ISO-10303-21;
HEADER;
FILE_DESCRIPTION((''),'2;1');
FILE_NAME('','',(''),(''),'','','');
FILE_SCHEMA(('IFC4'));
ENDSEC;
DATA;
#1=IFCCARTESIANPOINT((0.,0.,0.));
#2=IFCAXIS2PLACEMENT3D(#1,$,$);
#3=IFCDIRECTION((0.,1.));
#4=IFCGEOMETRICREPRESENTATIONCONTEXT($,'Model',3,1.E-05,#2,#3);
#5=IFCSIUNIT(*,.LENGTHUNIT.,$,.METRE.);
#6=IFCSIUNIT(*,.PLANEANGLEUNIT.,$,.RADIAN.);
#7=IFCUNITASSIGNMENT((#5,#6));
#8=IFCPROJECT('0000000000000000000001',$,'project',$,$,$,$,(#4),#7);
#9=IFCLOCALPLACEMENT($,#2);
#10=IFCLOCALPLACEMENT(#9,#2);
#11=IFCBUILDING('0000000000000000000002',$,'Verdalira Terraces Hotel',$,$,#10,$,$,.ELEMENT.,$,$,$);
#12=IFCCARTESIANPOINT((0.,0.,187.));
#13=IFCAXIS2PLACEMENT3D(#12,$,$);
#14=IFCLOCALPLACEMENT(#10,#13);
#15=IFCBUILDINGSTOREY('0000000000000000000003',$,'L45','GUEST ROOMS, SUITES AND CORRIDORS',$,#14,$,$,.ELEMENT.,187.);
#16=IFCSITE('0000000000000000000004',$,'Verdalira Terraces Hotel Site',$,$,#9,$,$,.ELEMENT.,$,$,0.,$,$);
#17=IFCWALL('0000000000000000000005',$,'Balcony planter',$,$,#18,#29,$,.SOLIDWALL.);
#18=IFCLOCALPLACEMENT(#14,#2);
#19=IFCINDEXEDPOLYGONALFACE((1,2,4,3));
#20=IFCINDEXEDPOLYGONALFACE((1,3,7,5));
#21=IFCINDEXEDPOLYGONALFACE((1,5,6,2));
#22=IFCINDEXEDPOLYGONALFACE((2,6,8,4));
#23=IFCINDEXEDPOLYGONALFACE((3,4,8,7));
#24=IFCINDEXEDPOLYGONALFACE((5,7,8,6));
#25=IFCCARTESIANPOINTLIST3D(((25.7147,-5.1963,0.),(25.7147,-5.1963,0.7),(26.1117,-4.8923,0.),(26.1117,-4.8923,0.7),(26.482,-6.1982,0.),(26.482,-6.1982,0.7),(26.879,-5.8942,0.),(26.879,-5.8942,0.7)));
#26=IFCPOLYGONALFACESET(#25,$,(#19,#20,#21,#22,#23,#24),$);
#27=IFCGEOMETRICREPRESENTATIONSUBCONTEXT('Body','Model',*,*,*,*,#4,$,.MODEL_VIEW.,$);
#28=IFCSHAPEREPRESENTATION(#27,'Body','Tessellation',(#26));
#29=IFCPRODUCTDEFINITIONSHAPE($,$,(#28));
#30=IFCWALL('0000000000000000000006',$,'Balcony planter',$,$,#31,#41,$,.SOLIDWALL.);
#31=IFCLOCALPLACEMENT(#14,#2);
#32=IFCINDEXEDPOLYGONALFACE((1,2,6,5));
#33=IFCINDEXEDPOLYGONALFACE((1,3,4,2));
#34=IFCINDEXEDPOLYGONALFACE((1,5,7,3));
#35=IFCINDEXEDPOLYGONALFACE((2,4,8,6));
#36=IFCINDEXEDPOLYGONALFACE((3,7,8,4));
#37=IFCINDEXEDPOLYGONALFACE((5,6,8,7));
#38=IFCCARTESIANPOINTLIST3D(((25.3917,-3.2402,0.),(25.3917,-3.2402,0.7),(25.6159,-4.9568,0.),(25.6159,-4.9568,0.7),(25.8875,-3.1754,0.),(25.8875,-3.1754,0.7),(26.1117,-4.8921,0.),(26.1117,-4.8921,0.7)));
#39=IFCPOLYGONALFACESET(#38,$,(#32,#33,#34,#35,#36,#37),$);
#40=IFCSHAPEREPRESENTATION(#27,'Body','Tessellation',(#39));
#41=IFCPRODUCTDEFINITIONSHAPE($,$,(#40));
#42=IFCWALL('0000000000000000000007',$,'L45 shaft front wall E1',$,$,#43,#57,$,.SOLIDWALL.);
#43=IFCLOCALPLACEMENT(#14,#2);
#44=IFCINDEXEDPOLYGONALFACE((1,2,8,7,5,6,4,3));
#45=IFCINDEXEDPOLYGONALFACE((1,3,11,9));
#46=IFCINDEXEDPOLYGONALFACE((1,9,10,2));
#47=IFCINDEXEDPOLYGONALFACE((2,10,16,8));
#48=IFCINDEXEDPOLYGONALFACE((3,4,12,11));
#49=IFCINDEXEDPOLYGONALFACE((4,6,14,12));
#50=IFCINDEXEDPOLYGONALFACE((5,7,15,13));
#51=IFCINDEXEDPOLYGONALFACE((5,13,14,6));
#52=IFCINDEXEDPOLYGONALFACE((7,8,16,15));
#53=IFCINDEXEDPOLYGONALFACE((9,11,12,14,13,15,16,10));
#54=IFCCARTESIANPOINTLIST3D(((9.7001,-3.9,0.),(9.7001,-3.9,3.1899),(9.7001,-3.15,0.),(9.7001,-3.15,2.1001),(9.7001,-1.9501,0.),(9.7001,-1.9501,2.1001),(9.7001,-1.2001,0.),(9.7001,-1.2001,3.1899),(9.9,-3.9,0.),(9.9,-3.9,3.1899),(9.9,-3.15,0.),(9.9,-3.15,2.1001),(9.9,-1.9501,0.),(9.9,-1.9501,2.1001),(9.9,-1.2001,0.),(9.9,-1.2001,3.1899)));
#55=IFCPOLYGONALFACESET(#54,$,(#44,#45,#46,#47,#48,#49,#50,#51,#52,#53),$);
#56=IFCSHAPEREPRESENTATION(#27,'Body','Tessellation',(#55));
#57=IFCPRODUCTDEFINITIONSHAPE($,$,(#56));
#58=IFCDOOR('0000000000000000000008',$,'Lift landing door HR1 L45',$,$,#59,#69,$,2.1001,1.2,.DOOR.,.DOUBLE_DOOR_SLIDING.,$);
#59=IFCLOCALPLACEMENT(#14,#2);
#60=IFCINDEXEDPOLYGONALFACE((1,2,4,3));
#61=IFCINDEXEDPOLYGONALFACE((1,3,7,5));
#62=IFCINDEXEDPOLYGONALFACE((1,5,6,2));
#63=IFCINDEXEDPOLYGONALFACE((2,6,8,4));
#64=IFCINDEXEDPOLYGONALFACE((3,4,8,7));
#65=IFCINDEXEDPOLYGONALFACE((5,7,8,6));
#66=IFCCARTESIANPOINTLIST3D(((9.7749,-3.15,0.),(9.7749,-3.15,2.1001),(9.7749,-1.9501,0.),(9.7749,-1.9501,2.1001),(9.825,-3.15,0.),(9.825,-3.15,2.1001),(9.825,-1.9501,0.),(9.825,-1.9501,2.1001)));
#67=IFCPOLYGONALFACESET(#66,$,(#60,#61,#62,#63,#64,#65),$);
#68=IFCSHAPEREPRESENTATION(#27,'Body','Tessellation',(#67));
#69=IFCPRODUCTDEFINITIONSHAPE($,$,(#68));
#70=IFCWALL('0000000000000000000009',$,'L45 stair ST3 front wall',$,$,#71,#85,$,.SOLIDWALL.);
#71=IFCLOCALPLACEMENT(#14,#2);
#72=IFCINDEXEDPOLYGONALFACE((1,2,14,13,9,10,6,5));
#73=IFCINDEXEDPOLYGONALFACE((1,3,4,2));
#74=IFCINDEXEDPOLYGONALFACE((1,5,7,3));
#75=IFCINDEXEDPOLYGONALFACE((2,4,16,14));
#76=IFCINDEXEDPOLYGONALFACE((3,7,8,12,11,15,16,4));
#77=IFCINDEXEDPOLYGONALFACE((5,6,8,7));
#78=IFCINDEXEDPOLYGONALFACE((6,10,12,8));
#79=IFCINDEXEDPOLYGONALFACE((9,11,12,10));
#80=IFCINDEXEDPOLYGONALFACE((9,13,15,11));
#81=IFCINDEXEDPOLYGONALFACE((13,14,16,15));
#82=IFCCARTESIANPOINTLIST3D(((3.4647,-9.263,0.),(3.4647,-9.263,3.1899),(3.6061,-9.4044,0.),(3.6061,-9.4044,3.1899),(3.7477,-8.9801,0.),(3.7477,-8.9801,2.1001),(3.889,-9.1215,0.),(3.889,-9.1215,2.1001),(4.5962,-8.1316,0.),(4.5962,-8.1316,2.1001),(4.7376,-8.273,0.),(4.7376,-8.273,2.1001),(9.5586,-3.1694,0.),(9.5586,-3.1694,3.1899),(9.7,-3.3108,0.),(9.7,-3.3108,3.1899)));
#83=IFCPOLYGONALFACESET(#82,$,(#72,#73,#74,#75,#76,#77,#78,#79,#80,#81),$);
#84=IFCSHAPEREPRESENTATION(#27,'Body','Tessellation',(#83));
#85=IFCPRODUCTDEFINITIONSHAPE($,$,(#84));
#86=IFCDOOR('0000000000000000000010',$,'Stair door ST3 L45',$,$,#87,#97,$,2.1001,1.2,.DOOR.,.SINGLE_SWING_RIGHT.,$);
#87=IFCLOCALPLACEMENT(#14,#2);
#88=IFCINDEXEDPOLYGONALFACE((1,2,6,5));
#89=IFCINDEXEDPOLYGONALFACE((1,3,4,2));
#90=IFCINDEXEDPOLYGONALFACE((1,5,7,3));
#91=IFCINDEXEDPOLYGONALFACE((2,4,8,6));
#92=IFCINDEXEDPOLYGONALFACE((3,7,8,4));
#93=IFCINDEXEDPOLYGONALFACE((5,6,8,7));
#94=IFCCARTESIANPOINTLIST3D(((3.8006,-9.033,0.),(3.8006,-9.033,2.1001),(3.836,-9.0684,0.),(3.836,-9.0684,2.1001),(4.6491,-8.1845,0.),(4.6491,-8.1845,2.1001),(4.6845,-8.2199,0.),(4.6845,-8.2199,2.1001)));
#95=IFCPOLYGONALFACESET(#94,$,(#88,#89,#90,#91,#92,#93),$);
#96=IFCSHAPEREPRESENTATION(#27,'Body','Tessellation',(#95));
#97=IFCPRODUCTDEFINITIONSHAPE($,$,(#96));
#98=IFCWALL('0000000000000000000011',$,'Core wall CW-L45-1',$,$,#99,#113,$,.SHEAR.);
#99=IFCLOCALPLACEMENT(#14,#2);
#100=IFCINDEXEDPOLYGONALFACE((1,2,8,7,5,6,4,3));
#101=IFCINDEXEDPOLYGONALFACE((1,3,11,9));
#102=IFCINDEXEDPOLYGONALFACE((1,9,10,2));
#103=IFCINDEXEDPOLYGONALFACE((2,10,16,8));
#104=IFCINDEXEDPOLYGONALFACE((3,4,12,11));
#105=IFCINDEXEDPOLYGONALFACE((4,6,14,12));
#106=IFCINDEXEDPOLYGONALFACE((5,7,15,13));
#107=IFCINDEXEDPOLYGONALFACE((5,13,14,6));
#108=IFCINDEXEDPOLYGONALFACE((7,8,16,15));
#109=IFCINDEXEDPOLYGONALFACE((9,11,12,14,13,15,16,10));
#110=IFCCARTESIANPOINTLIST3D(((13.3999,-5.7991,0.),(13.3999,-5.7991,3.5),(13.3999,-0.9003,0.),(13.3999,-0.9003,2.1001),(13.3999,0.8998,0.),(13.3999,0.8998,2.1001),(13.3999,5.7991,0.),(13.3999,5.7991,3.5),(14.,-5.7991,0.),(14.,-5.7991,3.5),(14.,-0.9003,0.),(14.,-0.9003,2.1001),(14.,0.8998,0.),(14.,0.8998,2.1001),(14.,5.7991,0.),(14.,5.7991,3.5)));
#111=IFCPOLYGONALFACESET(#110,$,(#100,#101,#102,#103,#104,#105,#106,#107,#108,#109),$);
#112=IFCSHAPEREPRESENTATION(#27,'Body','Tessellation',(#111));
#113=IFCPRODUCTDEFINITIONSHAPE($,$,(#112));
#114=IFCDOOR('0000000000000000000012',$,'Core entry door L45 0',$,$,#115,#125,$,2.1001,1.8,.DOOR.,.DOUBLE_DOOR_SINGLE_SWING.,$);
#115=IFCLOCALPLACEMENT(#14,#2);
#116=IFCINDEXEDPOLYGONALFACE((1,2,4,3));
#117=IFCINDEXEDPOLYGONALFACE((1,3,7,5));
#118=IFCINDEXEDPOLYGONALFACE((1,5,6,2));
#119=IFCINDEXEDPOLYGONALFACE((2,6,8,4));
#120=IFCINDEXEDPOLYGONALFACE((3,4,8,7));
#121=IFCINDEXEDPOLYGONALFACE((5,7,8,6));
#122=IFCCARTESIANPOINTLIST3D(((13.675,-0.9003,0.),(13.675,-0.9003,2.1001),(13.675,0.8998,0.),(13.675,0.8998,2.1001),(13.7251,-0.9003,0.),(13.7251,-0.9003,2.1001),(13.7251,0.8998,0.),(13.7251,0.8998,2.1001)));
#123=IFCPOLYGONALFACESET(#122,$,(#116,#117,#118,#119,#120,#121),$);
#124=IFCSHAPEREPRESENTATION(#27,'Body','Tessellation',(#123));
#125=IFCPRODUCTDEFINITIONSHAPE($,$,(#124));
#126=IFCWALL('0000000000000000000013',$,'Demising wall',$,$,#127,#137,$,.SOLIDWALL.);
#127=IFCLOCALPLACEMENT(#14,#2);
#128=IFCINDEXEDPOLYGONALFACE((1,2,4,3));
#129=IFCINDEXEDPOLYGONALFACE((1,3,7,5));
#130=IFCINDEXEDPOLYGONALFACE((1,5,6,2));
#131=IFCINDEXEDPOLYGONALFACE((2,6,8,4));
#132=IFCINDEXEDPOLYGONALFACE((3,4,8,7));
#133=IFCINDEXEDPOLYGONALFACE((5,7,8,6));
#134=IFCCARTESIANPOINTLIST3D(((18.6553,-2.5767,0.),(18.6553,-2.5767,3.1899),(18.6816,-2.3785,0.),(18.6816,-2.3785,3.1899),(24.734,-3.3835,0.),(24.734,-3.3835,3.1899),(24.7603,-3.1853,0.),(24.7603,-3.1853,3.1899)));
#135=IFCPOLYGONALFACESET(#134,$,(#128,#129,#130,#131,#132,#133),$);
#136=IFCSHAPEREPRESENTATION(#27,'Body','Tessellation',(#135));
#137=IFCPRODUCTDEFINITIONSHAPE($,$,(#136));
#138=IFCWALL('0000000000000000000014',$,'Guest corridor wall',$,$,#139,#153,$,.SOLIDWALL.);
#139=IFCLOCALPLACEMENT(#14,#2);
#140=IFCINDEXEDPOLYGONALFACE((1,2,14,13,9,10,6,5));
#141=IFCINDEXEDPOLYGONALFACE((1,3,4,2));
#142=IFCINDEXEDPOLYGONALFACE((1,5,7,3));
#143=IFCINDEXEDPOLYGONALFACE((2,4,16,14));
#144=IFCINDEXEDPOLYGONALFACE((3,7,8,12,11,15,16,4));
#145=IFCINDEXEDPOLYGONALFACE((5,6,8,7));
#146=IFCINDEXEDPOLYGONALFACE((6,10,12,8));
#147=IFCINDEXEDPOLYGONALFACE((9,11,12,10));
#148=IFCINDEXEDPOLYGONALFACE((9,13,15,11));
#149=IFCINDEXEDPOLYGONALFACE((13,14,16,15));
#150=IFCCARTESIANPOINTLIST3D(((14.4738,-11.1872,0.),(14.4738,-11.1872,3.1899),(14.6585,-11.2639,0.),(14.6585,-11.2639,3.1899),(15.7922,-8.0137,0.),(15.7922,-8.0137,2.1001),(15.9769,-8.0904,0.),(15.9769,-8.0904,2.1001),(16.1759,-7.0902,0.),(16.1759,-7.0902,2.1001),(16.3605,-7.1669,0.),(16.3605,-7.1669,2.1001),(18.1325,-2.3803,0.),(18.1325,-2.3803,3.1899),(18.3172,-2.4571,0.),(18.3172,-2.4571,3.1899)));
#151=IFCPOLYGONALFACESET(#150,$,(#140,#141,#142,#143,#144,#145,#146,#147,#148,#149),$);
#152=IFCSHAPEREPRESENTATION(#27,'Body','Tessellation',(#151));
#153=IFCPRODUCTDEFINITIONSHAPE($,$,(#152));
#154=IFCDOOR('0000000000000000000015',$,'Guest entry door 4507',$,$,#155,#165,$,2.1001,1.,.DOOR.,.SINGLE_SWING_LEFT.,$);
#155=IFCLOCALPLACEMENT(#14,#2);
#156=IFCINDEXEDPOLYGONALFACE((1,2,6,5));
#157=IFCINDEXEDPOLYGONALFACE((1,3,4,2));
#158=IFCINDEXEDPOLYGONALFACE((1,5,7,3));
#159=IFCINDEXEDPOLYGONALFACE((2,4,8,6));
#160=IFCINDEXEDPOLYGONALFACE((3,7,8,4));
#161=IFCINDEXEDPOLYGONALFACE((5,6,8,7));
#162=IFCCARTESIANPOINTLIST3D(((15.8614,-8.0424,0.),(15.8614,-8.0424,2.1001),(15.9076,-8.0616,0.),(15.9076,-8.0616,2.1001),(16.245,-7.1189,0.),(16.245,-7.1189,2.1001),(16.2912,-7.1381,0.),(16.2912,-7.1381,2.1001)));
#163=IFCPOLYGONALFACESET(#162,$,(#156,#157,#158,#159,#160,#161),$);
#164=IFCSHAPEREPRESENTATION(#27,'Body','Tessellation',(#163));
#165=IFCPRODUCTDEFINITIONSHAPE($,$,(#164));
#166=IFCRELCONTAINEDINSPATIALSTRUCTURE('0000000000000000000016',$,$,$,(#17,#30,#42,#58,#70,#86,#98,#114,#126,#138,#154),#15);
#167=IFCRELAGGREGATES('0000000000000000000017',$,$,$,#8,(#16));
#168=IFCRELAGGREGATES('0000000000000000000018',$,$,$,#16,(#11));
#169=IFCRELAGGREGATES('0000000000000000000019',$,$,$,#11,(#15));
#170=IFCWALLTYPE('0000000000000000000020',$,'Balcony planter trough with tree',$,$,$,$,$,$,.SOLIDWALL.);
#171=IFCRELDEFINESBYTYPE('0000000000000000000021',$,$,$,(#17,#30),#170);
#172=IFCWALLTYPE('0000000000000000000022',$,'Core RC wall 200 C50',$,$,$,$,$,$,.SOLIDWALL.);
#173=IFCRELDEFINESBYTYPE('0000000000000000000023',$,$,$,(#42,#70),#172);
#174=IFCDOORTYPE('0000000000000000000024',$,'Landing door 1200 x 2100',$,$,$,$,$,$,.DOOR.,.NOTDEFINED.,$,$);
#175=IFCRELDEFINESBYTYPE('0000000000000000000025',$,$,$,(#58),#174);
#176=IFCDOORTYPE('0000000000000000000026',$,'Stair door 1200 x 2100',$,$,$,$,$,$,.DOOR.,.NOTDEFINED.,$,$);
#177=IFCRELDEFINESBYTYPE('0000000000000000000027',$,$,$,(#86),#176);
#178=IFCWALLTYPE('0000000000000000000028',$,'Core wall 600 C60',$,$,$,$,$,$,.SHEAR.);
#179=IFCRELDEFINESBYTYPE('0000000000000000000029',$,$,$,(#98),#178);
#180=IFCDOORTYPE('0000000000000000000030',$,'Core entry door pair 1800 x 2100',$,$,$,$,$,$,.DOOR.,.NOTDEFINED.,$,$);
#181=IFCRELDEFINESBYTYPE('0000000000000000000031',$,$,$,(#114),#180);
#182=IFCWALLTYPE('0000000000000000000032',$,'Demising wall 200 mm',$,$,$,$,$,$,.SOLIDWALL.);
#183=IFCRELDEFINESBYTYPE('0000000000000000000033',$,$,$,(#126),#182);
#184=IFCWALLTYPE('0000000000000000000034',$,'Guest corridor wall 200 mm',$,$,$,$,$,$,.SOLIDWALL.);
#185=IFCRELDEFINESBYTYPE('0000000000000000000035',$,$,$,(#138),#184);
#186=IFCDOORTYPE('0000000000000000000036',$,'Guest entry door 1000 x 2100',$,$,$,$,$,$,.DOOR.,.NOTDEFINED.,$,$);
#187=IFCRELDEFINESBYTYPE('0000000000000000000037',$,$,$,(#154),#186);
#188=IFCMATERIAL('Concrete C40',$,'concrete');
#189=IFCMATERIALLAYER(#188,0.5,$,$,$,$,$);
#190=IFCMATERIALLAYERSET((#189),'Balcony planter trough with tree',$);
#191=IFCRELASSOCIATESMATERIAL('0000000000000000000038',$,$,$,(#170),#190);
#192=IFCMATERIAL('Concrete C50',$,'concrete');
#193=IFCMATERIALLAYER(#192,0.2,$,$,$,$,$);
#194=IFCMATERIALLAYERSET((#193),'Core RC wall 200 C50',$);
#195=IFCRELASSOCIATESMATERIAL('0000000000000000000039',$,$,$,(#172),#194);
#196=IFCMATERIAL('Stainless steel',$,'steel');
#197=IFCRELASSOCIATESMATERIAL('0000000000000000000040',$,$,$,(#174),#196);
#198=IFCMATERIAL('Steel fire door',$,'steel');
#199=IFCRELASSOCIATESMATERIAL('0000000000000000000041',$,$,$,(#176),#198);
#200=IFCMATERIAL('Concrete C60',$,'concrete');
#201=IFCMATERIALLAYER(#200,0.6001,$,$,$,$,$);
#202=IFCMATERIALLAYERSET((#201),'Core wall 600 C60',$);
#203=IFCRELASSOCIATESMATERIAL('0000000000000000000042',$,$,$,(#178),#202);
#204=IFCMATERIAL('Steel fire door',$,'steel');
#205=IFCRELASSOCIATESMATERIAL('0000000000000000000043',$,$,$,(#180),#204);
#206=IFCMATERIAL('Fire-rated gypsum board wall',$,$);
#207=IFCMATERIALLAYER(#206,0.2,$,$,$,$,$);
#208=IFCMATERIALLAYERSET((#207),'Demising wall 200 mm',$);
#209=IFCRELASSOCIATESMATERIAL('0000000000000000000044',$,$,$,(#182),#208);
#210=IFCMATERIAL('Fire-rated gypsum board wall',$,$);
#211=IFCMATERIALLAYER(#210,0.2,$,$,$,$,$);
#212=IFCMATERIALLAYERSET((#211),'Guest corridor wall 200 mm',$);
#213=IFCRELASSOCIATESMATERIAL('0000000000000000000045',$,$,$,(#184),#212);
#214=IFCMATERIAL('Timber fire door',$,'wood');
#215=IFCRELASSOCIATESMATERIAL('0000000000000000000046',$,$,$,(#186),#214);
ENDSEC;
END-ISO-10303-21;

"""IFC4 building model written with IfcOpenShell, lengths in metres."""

from ifc_helpers import new_model, si_unit, direction, frame, frame_2d, origin, place, context, subcontext, project, spatial, rectangle, extrude, material, layer, layer_set, type_object, element, fill, save


model = new_model("IFC4")

# Units and contexts
model_context = context("Model", 3, precision=1e-05, world=origin(), true_north=direction((0.0, 1.0)))
body_context = subcontext(model_context, "Body", "Model", "MODEL_VIEW")
ifc_project = project(units=[si_unit("LENGTHUNIT", "METRE"), si_unit("PLANEANGLEUNIT", "RADIAN")], contexts=[model_context])

# Site, building, storey
site_placement = place(None, origin())
site = spatial("IfcSite", under=ifc_project, at=site_placement, Name="Verdalira Terraces Hotel Site", CompositionType="ELEMENT", RefElevation=0.0)
building_placement = place(site_placement, origin())
building = spatial("IfcBuilding", under=site, at=building_placement, Name="Verdalira Terraces Hotel", CompositionType="ELEMENT")
storey_placement = place(building_placement, frame((0.0, 0.0, 187.0)))
storey = spatial("IfcBuildingStorey", under=building, at=storey_placement, Name="L45", Description="GUEST ROOMS, SUITES AND CORRIDORS", CompositionType="ELEMENT", Elevation=187.0)

# Walls
ifc_material_1 = material(Name="Concrete C40", Category="concrete")
ifc_layer_1 = layer(ifc_material_1, 0.5)
ifc_layer_set_1 = layer_set([ifc_layer_1], Name="Balcony planter trough with tree")
wall_type_1 = type_object("IfcWallType", Name="Balcony planter trough with tree", PredefinedType="SOLIDWALL", material=ifc_layer_set_1)
wall_1_placement = place(storey_placement, frame((26.6804, -6.0461, 0.0), z_axis=(0.0, 0.0, 1.0), x_axis=(-0.608017, 0.793924, 0.0)))
element("IfcWall", 1, at=wall_1_placement, inside=storey, type_object=wall_type_1, Name="Balcony planter", PredefinedType="SOLIDWALL", context=body_context, shape_type="SweptSolid", body=[
    extrude(rectangle(XDim=1.262, YDim=0.5, at=frame_2d((0.6309, 0.0))), origin(), (0.0, 0.0, 1.0), 0.7),
])
wall_2_placement = place(storey_placement, frame((25.8638, -4.9246, 0.0), z_axis=(0.0, 0.0, 1.0), x_axis=(-0.129466, 0.991584, 0.0)))
element("IfcWall", 2, at=wall_2_placement, inside=storey, type_object=wall_type_1, Name="Balcony planter", PredefinedType="SOLIDWALL", context=body_context, shape_type="SweptSolid", body=[
    extrude(rectangle(XDim=1.7312, YDim=0.5, at=frame_2d((0.8657, 0.0))), origin(), (0.0, 0.0, 1.0), 0.7),
])

# Walls, openings, doors
ifc_material_2 = material(Name="Concrete C50", Category="concrete")
ifc_layer_2 = layer(ifc_material_2, 0.2)
ifc_layer_set_2 = layer_set([ifc_layer_2], Name="Core RC wall 200 C50")
wall_type_2 = type_object("IfcWallType", Name="Core RC wall 200 C50", PredefinedType="SOLIDWALL", material=ifc_layer_set_2)
wall_3_placement = place(storey_placement, frame((9.8, -1.2, 0.0), z_axis=(0.0, 0.0, 1.0), x_axis=(0.0, -1.0, 0.0)))
wall_3 = element("IfcWall", 3, at=wall_3_placement, inside=storey, type_object=wall_type_2, Name="L45 shaft front wall E1", PredefinedType="SOLIDWALL", context=body_context, shape_type="SweptSolid", body=[
    extrude(rectangle(XDim=2.7, YDim=0.2, at=frame_2d((1.3501, 0.0))), origin(), (0.0, 0.0, 1.0), 3.1899),
])
opening_1_placement = place(wall_3_placement, frame((0.75, 0.0, 0.0)))
opening_1 = element("IfcOpeningElement", 4, at=opening_1_placement, cuts=wall_3, PredefinedType="OPENING", context=body_context, shape_type="SweptSolid", body=[
    extrude(rectangle(XDim=1.2, YDim=2.1001, at=frame_2d((0.6001, 1.05))), frame((0.0, 0.1099, 0.0), z_axis=(0.0, -1.0, 0.0), x_axis=(1.0, 0.0, 0.0)), (0.0, 0.0, 1.0), 0.22),
])
ifc_material_3 = material(Name="Stainless steel", Category="steel")
door_type_1 = type_object("IfcDoorType", Name="Landing door 1200 x 2100", OperationType="NOTDEFINED", PredefinedType="DOOR", material=ifc_material_3)
door_1_placement = place(opening_1_placement, origin())
door_1 = element("IfcDoor", 5, at=door_1_placement, inside=storey, type_object=door_type_1, Name="Lift landing door HR1 L45", OperationType="DOUBLE_DOOR_SLIDING", OverallHeight=2.1001, OverallWidth=1.2, PredefinedType="DOOR", context=body_context, shape_type="SweptSolid", body=[
    extrude(rectangle(XDim=1.2, YDim=2.1001, at=frame_2d((0.6001, 1.05))), frame((0.0, 0.0249, 0.0), z_axis=(0.0, -1.0, 0.0), x_axis=(1.0, 0.0, 0.0)), (0.0, 0.0, 1.0), 0.05),
])
fill(opening_1, door_1)
wall_4_placement = place(storey_placement, frame((9.6294, -3.24, 0.0), z_axis=(0.0, 0.0, 1.0), x_axis=(-0.707121, -0.707093, 0.0)))
wall_4 = element("IfcWall", 6, at=wall_4_placement, inside=storey, type_object=wall_type_2, Name="L45 stair ST3 front wall", PredefinedType="SOLIDWALL", context=body_context, shape_type="SweptSolid", body=[
    extrude(rectangle(XDim=8.6179, YDim=0.2, at=frame_2d((4.3091, 0.0))), origin(), (0.0, 0.0, 1.0), 3.1899),
])
opening_2_placement = place(wall_4_placement, frame((7.0178, 0.0, 0.0)))
opening_2 = element("IfcOpeningElement", 7, at=opening_2_placement, cuts=wall_4, PredefinedType="OPENING", context=body_context, shape_type="SweptSolid", body=[
    extrude(rectangle(XDim=1.2, YDim=2.1001, at=frame_2d((0.6001, 1.05))), frame((0.0, 0.1099, 0.0), z_axis=(0.0, -1.0, 0.0), x_axis=(1.0, 0.0, 0.0)), (0.0, 0.0, 1.0), 0.22),
])
ifc_material_4 = material(Name="Steel fire door", Category="steel")
door_type_2 = type_object("IfcDoorType", Name="Stair door 1200 x 2100", OperationType="NOTDEFINED", PredefinedType="DOOR", material=ifc_material_4)
door_2_placement = place(opening_2_placement, origin())
door_2 = element("IfcDoor", 8, at=door_2_placement, inside=storey, type_object=door_type_2, Name="Stair door ST3 L45", OperationType="SINGLE_SWING_RIGHT", OverallHeight=2.1001, OverallWidth=1.2, PredefinedType="DOOR", context=body_context, shape_type="SweptSolid", body=[
    extrude(rectangle(XDim=1.2, YDim=2.1001, at=frame_2d((0.6001, 1.05))), frame((0.0, 0.0249, 0.0), z_axis=(0.0, -1.0, 0.0), x_axis=(1.0, 0.0, 0.0)), (0.0, 0.0, 1.0), 0.05),
])
fill(opening_2, door_2)
ifc_material_5 = material(Name="Concrete C60", Category="concrete")
ifc_layer_3 = layer(ifc_material_5, 0.6001)
ifc_layer_set_3 = layer_set([ifc_layer_3], Name="Core wall 600 C60")
wall_type_3 = type_object("IfcWallType", Name="Core wall 600 C60", PredefinedType="SHEAR", material=ifc_layer_set_3)
wall_5_placement = place(storey_placement, frame((13.7, -5.7991, 0.0), z_axis=(0.0, 0.0, 1.0), x_axis=(0.0, 1.0, 0.0)))
wall_5 = element("IfcWall", 9, at=wall_5_placement, inside=storey, type_object=wall_type_3, Name="Core wall CW-L45-1", PredefinedType="SHEAR", context=body_context, shape_type="SweptSolid", body=[
    extrude(rectangle(XDim=11.5981, YDim=0.6001, at=frame_2d((5.7991, 0.0))), origin(), (0.0, 0.0, 1.0), 3.5),
])
opening_3_placement = place(wall_5_placement, frame((4.8989, 0.0, 0.0)))
opening_3 = element("IfcOpeningElement", 10, at=opening_3_placement, cuts=wall_5, PredefinedType="OPENING", context=body_context, shape_type="SweptSolid", body=[
    extrude(rectangle(XDim=1.8, YDim=2.1001, at=frame_2d((0.8999, 1.05))), frame((0.0, 0.3101, 0.0), z_axis=(0.0, -1.0, 0.0), x_axis=(1.0, 0.0, 0.0)), (0.0, 0.0, 1.0), 0.6201),
])
ifc_material_6 = material(Name="Steel fire door", Category="steel")
door_type_3 = type_object("IfcDoorType", Name="Core entry door pair 1800 x 2100", OperationType="NOTDEFINED", PredefinedType="DOOR", material=ifc_material_6)
door_3_placement = place(opening_3_placement, origin())
door_3 = element("IfcDoor", 11, at=door_3_placement, inside=storey, type_object=door_type_3, Name="Core entry door L45 0", OperationType="DOUBLE_DOOR_SINGLE_SWING", OverallHeight=2.1001, OverallWidth=1.8, PredefinedType="DOOR", context=body_context, shape_type="SweptSolid", body=[
    extrude(rectangle(XDim=1.8, YDim=2.1001, at=frame_2d((0.8999, 1.05))), frame((0.0, 0.0249, 0.0), z_axis=(0.0, -1.0, 0.0), x_axis=(1.0, 0.0, 0.0)), (0.0, 0.0, 1.0), 0.05),
])
fill(opening_3, door_3)

# Wall
ifc_material_7 = material(Name="Fire-rated gypsum board wall")
ifc_layer_4 = layer(ifc_material_7, 0.2)
ifc_layer_set_4 = layer_set([ifc_layer_4], Name="Demising wall 200 mm")
wall_type_4 = type_object("IfcWallType", Name="Demising wall 200 mm", PredefinedType="SOLIDWALL", material=ifc_layer_set_4)
wall_6_placement = place(storey_placement, frame((24.7471, -3.2844, 0.0), z_axis=(0.0, 0.0, 1.0), x_axis=(-0.991305, 0.131582, 0.0)))
element("IfcWall", 12, at=wall_6_placement, inside=storey, type_object=wall_type_4, Name="Demising wall", PredefinedType="SOLIDWALL", context=body_context, shape_type="SweptSolid", body=[
    extrude(rectangle(XDim=6.1321, YDim=0.2, at=frame_2d((3.0659, 0.0))), origin(), (0.0, 0.0, 1.0), 3.1899),
])

# Wall, opening, door
ifc_material_8 = material(Name="Fire-rated gypsum board wall")
ifc_layer_5 = layer(ifc_material_8, 0.2)
ifc_layer_set_5 = layer_set([ifc_layer_5], Name="Guest corridor wall 200 mm")
wall_type_5 = type_object("IfcWallType", Name="Guest corridor wall 200 mm", PredefinedType="SOLIDWALL", material=ifc_layer_set_5)
wall_7_placement = place(storey_placement, frame((18.2249, -2.4187, 0.0), z_axis=(0.0, 0.0, 1.0), x_axis=(-0.383646, -0.92348, 0.0)))
wall_7 = element("IfcWall", 13, at=wall_7_placement, inside=storey, type_object=wall_type_5, Name="Guest corridor wall", PredefinedType="SOLIDWALL", context=body_context, shape_type="SweptSolid", body=[
    extrude(rectangle(XDim=9.5366, YDim=0.2, at=frame_2d((4.7683, 0.0))), origin(), (0.0, 0.0, 1.0), 3.1899),
])
opening_4_placement = place(wall_7_placement, frame((5.1001, 0.0, 0.0)))
opening_4 = element("IfcOpeningElement", 14, at=opening_4_placement, cuts=wall_7, PredefinedType="OPENING", context=body_context, shape_type="SweptSolid", body=[
    extrude(rectangle(XDim=1.0, YDim=2.1001, at=frame_2d((0.5, 1.05))), frame((0.0, 0.1099, 0.0), z_axis=(0.0, -1.0, 0.0), x_axis=(1.0, 0.0, 0.0)), (0.0, 0.0, 1.0), 0.22),
])
ifc_material_9 = material(Name="Timber fire door", Category="wood")
door_type_4 = type_object("IfcDoorType", Name="Guest entry door 1000 x 2100", OperationType="NOTDEFINED", PredefinedType="DOOR", material=ifc_material_9)
door_4_placement = place(opening_4_placement, origin())
door_4 = element("IfcDoor", 15, at=door_4_placement, inside=storey, type_object=door_type_4, Name="Guest entry door 4507", OperationType="SINGLE_SWING_LEFT", OverallHeight=2.1001, OverallWidth=1.0, PredefinedType="DOOR", context=body_context, shape_type="SweptSolid", body=[
    extrude(rectangle(XDim=1.0, YDim=2.1001, at=frame_2d((0.5, 1.05))), frame((0.0, 0.0249, 0.0), z_axis=(0.0, -1.0, 0.0), x_axis=(1.0, 0.0, 0.0)), (0.0, 0.0, 1.0), 0.05),
])
fill(opening_4, door_4)

save(model, "model.ifc")
